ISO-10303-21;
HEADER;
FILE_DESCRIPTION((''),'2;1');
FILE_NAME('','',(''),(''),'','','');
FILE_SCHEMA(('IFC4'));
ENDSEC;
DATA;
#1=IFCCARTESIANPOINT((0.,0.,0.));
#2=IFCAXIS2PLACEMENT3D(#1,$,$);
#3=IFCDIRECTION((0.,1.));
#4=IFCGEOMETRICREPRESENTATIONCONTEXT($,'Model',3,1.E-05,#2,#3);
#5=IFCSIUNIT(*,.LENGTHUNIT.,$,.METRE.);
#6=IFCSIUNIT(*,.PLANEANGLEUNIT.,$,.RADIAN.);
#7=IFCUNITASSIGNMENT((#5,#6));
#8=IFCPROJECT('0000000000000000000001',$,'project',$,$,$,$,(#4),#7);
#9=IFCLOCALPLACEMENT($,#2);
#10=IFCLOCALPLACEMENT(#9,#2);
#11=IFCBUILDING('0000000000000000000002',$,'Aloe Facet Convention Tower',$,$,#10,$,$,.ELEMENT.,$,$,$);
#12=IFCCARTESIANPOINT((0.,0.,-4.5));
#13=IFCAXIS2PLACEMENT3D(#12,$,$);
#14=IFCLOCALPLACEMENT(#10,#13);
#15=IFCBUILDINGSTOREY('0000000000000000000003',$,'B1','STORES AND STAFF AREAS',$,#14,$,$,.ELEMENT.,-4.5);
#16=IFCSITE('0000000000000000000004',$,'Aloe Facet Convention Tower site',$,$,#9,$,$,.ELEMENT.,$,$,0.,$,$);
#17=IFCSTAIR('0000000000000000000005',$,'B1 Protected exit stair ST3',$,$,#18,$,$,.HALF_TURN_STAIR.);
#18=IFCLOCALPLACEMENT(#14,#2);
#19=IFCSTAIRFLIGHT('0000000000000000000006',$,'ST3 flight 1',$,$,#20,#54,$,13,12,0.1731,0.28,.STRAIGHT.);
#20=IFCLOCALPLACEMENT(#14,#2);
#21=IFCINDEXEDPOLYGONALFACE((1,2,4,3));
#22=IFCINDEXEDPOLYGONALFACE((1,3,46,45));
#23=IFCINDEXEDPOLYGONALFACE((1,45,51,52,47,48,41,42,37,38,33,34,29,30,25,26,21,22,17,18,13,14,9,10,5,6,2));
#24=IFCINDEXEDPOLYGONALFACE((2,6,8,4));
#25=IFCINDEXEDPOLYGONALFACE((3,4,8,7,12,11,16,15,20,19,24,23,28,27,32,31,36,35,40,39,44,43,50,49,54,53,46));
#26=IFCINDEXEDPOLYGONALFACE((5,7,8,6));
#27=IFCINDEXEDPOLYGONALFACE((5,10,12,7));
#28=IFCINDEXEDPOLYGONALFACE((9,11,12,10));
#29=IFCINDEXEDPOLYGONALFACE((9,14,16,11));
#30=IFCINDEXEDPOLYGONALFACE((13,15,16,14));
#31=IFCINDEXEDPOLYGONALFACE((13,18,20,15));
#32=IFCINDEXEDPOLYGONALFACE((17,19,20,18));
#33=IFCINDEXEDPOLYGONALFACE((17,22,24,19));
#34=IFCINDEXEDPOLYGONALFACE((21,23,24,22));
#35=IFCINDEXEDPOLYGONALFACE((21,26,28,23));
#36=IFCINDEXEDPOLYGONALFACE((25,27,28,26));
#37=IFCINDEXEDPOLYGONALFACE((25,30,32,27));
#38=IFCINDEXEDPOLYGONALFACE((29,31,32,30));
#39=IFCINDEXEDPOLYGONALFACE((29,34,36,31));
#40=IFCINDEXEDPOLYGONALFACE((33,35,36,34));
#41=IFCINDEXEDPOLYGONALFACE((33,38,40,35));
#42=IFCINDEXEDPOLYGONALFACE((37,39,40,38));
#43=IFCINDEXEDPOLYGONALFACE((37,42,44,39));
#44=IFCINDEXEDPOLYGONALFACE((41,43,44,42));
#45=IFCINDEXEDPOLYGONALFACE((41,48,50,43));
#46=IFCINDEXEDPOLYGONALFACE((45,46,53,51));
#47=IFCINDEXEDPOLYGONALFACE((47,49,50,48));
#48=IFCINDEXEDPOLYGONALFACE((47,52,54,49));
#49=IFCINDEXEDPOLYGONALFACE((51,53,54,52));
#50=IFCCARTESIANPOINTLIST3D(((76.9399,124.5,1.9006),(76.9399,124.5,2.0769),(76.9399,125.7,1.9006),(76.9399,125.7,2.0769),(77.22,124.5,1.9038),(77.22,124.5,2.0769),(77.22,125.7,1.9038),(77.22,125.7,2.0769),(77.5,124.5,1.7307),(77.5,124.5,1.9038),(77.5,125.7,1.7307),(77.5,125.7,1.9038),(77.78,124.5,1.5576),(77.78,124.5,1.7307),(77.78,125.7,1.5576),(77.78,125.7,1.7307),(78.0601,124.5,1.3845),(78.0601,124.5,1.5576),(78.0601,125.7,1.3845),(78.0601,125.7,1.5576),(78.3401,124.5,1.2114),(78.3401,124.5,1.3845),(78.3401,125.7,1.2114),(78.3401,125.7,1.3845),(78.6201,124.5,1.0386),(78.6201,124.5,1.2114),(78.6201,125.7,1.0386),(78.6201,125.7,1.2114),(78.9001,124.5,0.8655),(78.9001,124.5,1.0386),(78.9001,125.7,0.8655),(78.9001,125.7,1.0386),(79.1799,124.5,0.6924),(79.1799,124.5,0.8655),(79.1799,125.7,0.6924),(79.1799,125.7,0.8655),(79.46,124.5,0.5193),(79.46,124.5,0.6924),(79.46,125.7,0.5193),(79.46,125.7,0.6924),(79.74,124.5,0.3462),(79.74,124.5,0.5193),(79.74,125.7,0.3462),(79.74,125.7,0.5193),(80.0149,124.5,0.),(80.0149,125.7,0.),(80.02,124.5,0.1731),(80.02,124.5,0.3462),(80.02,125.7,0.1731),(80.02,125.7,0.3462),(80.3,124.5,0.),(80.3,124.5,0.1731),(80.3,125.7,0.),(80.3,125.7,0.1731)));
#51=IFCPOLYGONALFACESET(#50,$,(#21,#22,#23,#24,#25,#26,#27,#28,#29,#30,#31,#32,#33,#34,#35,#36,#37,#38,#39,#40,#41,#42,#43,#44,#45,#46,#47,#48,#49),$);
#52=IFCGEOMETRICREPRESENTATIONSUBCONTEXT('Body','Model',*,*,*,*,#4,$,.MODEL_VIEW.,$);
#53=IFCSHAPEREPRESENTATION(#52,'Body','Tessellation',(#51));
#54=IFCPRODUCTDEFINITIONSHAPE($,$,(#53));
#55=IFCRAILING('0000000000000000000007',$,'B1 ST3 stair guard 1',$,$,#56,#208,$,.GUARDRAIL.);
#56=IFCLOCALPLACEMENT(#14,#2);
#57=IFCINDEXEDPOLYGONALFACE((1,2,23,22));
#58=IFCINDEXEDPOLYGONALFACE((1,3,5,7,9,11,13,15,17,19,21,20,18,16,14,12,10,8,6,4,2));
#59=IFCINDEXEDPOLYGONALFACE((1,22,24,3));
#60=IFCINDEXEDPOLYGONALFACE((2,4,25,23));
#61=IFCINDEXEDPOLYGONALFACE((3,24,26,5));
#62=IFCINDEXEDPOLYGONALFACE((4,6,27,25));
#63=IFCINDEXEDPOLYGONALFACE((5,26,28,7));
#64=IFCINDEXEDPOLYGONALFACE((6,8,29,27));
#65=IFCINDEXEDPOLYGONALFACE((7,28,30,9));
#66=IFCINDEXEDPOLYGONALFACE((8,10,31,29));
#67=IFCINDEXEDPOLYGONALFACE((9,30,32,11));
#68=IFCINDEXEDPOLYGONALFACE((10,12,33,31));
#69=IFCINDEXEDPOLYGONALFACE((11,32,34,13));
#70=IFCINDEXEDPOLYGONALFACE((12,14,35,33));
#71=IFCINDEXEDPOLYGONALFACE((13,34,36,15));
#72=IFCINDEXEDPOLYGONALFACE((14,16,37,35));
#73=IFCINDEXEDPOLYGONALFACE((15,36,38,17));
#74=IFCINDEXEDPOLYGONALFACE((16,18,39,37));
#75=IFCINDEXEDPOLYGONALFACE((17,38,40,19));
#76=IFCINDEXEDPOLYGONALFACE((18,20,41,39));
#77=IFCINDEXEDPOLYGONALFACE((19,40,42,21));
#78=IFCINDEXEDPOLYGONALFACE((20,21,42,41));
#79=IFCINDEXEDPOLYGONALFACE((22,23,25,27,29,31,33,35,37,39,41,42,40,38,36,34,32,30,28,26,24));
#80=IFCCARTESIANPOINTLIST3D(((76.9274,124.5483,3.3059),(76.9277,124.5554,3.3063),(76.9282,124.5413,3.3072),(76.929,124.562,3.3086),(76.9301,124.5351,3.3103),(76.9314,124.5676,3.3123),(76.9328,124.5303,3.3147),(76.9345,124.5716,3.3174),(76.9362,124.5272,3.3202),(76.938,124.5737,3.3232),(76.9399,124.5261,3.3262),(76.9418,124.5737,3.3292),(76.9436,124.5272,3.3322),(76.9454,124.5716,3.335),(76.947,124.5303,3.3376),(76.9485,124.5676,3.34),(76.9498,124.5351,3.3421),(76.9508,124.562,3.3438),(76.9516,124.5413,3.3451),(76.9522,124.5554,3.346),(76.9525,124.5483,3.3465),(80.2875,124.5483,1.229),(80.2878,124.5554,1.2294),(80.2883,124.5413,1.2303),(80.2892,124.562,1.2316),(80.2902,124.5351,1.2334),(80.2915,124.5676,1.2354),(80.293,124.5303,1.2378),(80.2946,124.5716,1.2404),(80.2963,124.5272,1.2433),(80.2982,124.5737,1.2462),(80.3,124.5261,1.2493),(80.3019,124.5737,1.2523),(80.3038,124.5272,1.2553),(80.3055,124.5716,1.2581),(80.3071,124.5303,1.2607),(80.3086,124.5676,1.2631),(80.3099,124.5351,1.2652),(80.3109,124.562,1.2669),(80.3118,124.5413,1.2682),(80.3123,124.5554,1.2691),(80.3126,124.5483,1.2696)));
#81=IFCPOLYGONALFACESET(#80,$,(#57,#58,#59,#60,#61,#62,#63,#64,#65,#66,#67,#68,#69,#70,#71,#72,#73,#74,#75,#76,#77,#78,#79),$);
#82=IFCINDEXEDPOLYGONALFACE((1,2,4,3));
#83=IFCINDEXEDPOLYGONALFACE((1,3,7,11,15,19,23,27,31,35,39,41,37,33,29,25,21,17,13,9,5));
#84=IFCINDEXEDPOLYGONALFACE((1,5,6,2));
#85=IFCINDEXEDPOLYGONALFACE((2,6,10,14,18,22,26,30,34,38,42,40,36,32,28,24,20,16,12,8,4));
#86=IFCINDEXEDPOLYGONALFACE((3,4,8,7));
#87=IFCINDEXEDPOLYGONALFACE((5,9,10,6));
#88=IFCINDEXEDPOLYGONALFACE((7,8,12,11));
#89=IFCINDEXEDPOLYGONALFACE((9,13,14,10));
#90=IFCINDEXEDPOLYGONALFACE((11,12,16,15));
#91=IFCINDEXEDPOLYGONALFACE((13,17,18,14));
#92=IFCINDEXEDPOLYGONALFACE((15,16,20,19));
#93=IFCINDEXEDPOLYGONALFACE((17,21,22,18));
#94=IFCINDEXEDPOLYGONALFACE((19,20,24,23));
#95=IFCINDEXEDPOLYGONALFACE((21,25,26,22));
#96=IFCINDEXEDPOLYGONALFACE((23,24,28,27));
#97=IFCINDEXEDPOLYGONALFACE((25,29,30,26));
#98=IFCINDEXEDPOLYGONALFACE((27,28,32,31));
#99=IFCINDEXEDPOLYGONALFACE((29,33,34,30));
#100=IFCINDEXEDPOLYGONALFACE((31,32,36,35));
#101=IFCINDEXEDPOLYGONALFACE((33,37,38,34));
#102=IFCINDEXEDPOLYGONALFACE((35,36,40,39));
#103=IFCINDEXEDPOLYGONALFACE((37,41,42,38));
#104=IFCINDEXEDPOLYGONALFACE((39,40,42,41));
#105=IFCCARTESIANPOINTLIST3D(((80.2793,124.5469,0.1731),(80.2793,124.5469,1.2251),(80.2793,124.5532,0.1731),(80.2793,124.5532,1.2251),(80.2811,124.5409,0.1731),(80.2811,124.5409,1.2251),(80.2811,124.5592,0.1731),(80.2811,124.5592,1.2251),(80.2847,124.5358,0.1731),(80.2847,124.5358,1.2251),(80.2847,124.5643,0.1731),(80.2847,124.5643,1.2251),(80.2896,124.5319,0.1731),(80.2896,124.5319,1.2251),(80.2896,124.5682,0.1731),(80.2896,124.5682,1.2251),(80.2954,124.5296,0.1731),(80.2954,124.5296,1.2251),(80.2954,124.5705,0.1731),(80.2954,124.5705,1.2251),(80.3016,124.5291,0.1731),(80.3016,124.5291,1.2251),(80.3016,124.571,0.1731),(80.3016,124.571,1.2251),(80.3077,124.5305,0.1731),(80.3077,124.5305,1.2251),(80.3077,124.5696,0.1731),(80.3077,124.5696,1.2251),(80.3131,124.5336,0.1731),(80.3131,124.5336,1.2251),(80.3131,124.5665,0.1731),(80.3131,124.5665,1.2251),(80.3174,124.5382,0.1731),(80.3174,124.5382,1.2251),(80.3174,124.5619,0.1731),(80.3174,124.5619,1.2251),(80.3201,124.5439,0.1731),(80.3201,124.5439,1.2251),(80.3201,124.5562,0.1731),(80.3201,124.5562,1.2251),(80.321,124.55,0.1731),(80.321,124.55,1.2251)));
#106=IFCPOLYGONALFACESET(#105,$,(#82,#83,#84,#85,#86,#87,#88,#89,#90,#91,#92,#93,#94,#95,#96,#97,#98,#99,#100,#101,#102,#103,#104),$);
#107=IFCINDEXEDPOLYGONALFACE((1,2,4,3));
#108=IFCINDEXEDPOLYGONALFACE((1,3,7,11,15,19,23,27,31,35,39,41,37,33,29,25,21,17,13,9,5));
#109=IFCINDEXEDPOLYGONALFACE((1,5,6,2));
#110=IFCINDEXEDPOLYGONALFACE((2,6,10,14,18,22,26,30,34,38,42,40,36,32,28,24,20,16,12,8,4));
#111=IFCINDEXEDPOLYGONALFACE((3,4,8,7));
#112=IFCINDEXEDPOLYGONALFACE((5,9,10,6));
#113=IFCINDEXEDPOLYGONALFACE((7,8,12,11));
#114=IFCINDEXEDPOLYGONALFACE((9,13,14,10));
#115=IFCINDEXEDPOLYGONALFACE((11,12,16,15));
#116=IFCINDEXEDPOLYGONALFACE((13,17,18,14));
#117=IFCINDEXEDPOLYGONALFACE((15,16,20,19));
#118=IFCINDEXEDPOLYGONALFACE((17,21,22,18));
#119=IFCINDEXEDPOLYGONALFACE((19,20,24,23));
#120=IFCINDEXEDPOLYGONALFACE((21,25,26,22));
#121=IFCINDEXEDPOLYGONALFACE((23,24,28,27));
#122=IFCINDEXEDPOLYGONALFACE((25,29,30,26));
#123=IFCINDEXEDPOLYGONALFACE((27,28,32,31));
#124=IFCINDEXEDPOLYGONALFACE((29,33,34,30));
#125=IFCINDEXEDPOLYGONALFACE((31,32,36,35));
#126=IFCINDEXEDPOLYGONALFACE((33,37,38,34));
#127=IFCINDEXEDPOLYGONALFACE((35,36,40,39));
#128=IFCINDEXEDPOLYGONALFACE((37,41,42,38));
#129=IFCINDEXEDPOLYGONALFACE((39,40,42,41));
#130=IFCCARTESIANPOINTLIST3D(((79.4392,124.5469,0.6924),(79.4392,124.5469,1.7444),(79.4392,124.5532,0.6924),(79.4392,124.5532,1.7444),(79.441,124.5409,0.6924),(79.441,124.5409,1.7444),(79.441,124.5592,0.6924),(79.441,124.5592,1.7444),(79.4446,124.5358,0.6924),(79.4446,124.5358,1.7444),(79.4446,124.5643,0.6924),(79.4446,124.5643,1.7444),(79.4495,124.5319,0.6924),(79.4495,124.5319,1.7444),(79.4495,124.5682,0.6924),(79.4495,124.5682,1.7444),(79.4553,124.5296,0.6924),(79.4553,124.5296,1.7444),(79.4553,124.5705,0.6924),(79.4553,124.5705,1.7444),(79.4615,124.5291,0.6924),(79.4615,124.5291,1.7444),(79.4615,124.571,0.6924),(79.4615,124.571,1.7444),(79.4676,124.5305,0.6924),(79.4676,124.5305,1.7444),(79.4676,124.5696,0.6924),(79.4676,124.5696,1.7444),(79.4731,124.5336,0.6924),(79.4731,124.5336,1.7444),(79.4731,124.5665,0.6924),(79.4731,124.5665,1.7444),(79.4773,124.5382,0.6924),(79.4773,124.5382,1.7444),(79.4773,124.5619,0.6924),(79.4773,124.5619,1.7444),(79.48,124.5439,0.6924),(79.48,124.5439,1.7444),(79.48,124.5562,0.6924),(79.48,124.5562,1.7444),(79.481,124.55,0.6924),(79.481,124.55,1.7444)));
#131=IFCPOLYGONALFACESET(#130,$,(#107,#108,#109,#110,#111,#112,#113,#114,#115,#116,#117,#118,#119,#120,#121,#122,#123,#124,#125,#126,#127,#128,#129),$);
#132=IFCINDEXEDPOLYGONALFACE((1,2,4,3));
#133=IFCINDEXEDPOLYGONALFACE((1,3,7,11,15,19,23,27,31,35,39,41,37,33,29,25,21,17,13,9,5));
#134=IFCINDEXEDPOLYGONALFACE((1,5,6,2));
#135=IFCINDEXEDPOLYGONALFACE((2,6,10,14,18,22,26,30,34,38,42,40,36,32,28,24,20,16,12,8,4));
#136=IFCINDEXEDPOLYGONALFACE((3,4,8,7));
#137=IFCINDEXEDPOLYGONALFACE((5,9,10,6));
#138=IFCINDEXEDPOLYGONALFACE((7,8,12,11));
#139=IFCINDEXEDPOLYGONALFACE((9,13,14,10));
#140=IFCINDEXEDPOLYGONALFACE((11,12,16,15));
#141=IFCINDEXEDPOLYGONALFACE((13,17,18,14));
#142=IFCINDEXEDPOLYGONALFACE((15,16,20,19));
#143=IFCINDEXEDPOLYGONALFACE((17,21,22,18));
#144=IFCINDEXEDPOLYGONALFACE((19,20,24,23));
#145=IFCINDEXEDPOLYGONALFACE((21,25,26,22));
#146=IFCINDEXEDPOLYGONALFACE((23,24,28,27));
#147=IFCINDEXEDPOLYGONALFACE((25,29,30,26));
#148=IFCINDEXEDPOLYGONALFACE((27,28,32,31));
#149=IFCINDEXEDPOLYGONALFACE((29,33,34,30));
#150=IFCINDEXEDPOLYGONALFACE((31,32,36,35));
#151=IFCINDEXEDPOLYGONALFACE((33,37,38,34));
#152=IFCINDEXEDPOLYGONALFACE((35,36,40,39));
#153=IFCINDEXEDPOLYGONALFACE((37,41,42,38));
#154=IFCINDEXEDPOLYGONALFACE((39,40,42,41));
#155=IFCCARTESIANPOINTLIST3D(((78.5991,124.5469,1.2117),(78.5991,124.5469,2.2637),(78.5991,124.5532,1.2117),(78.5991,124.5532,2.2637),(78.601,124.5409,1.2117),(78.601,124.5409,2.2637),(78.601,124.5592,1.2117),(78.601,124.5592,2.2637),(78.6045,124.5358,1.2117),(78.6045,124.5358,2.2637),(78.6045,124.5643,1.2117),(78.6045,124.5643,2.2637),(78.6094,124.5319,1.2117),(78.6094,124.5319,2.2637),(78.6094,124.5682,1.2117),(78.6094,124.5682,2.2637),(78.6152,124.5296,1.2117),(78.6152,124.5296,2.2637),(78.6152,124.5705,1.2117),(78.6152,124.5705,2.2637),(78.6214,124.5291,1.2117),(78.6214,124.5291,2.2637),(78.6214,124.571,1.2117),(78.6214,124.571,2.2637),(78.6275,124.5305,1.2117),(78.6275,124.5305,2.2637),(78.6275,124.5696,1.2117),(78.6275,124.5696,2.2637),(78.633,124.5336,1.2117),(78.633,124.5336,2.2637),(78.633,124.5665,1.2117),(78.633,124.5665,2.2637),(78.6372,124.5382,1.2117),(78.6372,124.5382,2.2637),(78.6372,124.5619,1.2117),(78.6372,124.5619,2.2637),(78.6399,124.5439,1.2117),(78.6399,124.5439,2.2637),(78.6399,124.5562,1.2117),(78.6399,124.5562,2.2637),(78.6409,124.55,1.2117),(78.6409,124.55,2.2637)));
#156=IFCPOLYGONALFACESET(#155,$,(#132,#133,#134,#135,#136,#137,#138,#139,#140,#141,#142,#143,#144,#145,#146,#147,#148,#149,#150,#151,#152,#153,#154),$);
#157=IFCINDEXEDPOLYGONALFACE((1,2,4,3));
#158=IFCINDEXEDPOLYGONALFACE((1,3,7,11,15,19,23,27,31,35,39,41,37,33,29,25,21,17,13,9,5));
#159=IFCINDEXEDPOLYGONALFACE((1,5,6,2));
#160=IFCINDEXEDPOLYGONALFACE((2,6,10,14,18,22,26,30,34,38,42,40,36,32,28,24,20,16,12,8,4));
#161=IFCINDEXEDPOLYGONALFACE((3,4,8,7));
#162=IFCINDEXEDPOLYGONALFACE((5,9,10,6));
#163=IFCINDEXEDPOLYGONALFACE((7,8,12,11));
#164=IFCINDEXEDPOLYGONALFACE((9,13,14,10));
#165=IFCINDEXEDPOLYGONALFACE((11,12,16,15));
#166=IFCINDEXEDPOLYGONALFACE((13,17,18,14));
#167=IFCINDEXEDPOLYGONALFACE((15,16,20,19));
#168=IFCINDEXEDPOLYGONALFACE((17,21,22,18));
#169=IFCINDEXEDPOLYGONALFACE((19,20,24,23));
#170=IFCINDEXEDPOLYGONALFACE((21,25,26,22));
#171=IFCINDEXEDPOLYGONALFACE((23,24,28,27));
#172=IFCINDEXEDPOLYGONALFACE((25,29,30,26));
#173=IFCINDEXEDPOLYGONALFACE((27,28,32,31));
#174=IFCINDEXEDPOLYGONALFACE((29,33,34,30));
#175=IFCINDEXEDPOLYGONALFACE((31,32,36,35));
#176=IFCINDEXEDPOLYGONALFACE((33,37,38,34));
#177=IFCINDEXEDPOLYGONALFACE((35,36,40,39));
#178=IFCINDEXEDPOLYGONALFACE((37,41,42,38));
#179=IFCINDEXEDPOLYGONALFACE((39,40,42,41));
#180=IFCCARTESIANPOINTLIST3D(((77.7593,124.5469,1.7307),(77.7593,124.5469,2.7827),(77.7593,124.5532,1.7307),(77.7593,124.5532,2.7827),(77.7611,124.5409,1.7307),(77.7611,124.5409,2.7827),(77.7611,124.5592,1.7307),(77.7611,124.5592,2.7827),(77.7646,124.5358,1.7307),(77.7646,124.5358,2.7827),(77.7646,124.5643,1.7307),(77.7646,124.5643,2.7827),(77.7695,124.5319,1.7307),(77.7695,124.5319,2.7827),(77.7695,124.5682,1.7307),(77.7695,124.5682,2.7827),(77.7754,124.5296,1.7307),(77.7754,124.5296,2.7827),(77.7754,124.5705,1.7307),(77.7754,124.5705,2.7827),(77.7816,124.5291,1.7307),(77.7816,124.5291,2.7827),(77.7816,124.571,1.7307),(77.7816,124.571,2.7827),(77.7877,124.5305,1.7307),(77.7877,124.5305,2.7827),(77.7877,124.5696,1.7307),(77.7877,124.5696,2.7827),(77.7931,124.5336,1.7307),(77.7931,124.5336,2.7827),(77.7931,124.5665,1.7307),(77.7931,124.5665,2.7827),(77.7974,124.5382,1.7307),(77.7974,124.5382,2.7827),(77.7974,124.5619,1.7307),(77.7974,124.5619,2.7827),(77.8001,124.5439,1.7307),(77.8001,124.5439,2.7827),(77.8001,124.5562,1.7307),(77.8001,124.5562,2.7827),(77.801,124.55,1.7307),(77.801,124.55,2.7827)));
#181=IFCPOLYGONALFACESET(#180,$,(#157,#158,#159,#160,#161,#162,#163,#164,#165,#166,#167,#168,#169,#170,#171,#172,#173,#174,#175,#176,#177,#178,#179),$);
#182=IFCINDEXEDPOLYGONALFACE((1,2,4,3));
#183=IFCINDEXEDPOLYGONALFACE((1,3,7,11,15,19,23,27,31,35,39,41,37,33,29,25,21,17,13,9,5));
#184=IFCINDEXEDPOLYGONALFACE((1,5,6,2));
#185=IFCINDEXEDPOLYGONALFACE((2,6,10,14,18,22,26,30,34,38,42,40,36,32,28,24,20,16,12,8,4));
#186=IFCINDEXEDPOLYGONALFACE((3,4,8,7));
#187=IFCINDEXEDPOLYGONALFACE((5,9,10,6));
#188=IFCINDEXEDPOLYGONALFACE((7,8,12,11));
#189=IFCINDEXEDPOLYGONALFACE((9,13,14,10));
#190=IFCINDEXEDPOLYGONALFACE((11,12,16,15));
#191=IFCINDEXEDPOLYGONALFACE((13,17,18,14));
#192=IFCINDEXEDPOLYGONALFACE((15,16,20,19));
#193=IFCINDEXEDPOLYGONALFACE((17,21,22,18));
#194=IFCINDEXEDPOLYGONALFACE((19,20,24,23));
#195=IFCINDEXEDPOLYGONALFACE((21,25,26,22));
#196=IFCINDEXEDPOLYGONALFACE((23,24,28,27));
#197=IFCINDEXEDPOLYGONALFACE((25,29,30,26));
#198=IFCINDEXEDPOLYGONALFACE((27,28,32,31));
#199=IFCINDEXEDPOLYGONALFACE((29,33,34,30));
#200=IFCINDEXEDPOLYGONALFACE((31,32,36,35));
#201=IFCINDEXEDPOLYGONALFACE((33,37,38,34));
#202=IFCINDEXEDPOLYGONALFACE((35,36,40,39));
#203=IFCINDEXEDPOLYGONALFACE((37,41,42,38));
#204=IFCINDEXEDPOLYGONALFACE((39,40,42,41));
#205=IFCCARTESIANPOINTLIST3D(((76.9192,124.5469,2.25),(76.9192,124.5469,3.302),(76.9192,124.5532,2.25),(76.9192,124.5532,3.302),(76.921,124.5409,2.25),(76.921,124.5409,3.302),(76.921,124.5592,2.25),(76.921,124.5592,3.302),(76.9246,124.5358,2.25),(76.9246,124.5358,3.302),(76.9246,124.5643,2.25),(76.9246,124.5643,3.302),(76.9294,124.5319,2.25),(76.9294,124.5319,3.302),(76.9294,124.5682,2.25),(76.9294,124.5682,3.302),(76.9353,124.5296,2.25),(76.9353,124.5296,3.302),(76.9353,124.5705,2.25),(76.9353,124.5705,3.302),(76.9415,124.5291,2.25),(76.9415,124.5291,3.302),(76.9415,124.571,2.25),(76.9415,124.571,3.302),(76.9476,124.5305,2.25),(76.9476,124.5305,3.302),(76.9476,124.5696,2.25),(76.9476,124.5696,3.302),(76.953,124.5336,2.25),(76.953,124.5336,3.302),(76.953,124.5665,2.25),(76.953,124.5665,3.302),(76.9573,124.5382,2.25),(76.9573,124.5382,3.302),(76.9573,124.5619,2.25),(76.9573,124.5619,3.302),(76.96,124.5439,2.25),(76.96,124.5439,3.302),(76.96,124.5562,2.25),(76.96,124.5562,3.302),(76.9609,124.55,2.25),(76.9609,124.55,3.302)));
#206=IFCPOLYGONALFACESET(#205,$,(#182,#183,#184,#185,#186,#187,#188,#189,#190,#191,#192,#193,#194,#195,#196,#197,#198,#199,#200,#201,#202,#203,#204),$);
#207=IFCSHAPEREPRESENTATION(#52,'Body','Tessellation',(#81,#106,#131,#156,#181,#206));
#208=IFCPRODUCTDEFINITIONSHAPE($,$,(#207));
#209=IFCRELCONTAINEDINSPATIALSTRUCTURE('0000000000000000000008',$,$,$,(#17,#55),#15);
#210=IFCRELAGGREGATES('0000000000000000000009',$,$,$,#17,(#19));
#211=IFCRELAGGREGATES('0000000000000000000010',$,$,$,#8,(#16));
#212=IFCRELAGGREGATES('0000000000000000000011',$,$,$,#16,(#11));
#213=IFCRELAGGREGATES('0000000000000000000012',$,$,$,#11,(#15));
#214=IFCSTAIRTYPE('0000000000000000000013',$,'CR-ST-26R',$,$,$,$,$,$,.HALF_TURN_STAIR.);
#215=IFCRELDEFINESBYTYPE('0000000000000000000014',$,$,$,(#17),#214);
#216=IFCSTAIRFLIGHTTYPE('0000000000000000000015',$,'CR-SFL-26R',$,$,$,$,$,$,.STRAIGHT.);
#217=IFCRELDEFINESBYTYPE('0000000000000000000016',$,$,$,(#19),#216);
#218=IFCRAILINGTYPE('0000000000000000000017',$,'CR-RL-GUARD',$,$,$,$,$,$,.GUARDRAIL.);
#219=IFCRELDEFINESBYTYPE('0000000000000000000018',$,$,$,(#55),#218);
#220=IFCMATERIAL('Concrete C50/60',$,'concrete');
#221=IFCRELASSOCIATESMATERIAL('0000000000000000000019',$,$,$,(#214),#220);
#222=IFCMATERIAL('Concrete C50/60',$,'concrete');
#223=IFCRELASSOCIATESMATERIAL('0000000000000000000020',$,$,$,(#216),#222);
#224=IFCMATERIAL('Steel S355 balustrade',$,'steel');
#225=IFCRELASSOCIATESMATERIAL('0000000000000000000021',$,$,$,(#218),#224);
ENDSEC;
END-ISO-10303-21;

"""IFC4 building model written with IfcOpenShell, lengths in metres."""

from ifc_helpers import new_model, si_unit, direction, frame, origin, origin_2d, place, context, subcontext, project, spatial, polyline, circle, outline, extrude, material, type_object, element, aggregate, save


model = new_model("IFC4")

# Units and contexts
model_context = context("Model", 3, precision=1e-05, world=origin(), true_north=direction((0.0, 1.0)))
body_context = subcontext(model_context, "Body", "Model", "MODEL_VIEW")
ifc_project = project(units=[si_unit("LENGTHUNIT", "METRE"), si_unit("PLANEANGLEUNIT", "RADIAN")], contexts=[model_context])

# Site, building, storey
site_placement = place(None, origin())
site = spatial("IfcSite", under=ifc_project, at=site_placement, Name="Aloe Facet Convention Tower site", CompositionType="ELEMENT", RefElevation=0.0)
building_placement = place(site_placement, origin())
building = spatial("IfcBuilding", under=site, at=building_placement, Name="Aloe Facet Convention Tower", CompositionType="ELEMENT")
storey_placement = place(building_placement, frame((0.0, 0.0, -4.5)))
storey = spatial("IfcBuildingStorey", under=building, at=storey_placement, Name="B1", Description="STORES AND STAFF AREAS", CompositionType="ELEMENT", Elevation=-4.5)

# Stair, stair flight
ifc_material_1 = material(Name="Concrete C50/60", Category="concrete")
stair_type = type_object("IfcStairType", Name="CR-ST-26R", PredefinedType="HALF_TURN_STAIR", material=ifc_material_1)
stair_placement = place(storey_placement, origin())
stair = element("IfcStair", 1, at=stair_placement, inside=storey, type_object=stair_type, Name="B1 Protected exit stair ST3", PredefinedType="HALF_TURN_STAIR")
ifc_material_2 = material(Name="Concrete C50/60", Category="concrete")
stair_flight_type = type_object("IfcStairFlightType", Name="CR-SFL-26R", PredefinedType="STRAIGHT", material=ifc_material_2)
stair_flight_placement = place(storey_placement, frame((80.3, 125.1001, 0.0), z_axis=(0.0, 0.0, 1.0), x_axis=(-1.0, 0.0, 0.0)))
stair_flight = element("IfcStairFlight", 2, at=stair_flight_placement, type_object=stair_flight_type, Name="ST3 flight 1", NumberOfRisers=13, NumberOfTreads=12, PredefinedType="STRAIGHT", RiserHeight=0.1731, TreadLength=0.28, context=body_context, shape_type="SweptSolid", body=[
    extrude(outline(polyline([(0.0, 0.0), (0.0, 0.1731), (0.28, 0.1731), (0.28, 0.3462), (0.5601, 0.3462), (0.5601, 0.5193), (0.8401, 0.5193), (0.8401, 0.6924), (1.1201, 0.6924), (1.1201, 0.8655), (1.3999, 0.8655), (1.3999, 1.0386), (1.6799, 1.0386), (1.6799, 1.2114), (1.96, 1.2114), (1.96, 1.3845), (2.24, 1.3845), (2.24, 1.5576), (2.52, 1.5576), (2.52, 1.7307), (2.8, 1.7307), (2.8, 1.9038), (3.0801, 1.9038), (3.0801, 2.0769), (3.3601, 2.0769), (3.3601, 2.25), (3.3601, 1.9006), (0.2852, 0.0), (0.0, 0.0)])), frame((0.0, 0.6001, 0.0), z_axis=(0.0, -1.0, 0.0), x_axis=(1.0, 0.0, 0.0)), (0.0, 0.0, 1.0), 1.2),
])
aggregate(stair, [stair_flight])

# Railing
ifc_material_3 = material(Name="Steel S355 balustrade", Category="steel")
railing_type_1 = type_object("IfcRailingType", Name="CR-RL-GUARD", PredefinedType="GUARDRAIL", material=ifc_material_3)
railing_1_placement = place(storey_placement, frame((80.3, 124.55, 0.1731)))
element("IfcRailing", 3, at=railing_1_placement, inside=storey, type_object=railing_type_1, Name="B1 ST3 stair guard 1", PredefinedType="GUARDRAIL", context=body_context, shape_type="SweptSolid", body=[
    extrude(circle(Radius=0.0239, at=origin_2d()), frame((0.0, 0.0, 1.0762), z_axis=(-0.850623, 0.0, 0.525776), x_axis=(0.0, -1.0, 0.0)), (0.0, 0.0, 1.0), 3.9502),
    extrude(circle(Radius=0.021, at=origin_2d()), origin(), (0.0, 0.0, 1.0), 1.052),
    extrude(circle(Radius=0.021, at=origin_2d()), frame((-0.8401, 0.0, 0.5193)), (0.0, 0.0, 1.0), 1.052),
    extrude(circle(Radius=0.021, at=origin_2d()), frame((-1.6802, 0.0, 1.0386)), (0.0, 0.0, 1.0), 1.052),
    extrude(circle(Radius=0.021, at=origin_2d()), frame((-2.52, 0.0, 1.5576)), (0.0, 0.0, 1.0), 1.052),
    extrude(circle(Radius=0.021, at=origin_2d()), frame((-3.3601, 0.0, 2.0769)), (0.0, 0.0, 1.0), 1.052),
])

save(model, "model.ifc")
